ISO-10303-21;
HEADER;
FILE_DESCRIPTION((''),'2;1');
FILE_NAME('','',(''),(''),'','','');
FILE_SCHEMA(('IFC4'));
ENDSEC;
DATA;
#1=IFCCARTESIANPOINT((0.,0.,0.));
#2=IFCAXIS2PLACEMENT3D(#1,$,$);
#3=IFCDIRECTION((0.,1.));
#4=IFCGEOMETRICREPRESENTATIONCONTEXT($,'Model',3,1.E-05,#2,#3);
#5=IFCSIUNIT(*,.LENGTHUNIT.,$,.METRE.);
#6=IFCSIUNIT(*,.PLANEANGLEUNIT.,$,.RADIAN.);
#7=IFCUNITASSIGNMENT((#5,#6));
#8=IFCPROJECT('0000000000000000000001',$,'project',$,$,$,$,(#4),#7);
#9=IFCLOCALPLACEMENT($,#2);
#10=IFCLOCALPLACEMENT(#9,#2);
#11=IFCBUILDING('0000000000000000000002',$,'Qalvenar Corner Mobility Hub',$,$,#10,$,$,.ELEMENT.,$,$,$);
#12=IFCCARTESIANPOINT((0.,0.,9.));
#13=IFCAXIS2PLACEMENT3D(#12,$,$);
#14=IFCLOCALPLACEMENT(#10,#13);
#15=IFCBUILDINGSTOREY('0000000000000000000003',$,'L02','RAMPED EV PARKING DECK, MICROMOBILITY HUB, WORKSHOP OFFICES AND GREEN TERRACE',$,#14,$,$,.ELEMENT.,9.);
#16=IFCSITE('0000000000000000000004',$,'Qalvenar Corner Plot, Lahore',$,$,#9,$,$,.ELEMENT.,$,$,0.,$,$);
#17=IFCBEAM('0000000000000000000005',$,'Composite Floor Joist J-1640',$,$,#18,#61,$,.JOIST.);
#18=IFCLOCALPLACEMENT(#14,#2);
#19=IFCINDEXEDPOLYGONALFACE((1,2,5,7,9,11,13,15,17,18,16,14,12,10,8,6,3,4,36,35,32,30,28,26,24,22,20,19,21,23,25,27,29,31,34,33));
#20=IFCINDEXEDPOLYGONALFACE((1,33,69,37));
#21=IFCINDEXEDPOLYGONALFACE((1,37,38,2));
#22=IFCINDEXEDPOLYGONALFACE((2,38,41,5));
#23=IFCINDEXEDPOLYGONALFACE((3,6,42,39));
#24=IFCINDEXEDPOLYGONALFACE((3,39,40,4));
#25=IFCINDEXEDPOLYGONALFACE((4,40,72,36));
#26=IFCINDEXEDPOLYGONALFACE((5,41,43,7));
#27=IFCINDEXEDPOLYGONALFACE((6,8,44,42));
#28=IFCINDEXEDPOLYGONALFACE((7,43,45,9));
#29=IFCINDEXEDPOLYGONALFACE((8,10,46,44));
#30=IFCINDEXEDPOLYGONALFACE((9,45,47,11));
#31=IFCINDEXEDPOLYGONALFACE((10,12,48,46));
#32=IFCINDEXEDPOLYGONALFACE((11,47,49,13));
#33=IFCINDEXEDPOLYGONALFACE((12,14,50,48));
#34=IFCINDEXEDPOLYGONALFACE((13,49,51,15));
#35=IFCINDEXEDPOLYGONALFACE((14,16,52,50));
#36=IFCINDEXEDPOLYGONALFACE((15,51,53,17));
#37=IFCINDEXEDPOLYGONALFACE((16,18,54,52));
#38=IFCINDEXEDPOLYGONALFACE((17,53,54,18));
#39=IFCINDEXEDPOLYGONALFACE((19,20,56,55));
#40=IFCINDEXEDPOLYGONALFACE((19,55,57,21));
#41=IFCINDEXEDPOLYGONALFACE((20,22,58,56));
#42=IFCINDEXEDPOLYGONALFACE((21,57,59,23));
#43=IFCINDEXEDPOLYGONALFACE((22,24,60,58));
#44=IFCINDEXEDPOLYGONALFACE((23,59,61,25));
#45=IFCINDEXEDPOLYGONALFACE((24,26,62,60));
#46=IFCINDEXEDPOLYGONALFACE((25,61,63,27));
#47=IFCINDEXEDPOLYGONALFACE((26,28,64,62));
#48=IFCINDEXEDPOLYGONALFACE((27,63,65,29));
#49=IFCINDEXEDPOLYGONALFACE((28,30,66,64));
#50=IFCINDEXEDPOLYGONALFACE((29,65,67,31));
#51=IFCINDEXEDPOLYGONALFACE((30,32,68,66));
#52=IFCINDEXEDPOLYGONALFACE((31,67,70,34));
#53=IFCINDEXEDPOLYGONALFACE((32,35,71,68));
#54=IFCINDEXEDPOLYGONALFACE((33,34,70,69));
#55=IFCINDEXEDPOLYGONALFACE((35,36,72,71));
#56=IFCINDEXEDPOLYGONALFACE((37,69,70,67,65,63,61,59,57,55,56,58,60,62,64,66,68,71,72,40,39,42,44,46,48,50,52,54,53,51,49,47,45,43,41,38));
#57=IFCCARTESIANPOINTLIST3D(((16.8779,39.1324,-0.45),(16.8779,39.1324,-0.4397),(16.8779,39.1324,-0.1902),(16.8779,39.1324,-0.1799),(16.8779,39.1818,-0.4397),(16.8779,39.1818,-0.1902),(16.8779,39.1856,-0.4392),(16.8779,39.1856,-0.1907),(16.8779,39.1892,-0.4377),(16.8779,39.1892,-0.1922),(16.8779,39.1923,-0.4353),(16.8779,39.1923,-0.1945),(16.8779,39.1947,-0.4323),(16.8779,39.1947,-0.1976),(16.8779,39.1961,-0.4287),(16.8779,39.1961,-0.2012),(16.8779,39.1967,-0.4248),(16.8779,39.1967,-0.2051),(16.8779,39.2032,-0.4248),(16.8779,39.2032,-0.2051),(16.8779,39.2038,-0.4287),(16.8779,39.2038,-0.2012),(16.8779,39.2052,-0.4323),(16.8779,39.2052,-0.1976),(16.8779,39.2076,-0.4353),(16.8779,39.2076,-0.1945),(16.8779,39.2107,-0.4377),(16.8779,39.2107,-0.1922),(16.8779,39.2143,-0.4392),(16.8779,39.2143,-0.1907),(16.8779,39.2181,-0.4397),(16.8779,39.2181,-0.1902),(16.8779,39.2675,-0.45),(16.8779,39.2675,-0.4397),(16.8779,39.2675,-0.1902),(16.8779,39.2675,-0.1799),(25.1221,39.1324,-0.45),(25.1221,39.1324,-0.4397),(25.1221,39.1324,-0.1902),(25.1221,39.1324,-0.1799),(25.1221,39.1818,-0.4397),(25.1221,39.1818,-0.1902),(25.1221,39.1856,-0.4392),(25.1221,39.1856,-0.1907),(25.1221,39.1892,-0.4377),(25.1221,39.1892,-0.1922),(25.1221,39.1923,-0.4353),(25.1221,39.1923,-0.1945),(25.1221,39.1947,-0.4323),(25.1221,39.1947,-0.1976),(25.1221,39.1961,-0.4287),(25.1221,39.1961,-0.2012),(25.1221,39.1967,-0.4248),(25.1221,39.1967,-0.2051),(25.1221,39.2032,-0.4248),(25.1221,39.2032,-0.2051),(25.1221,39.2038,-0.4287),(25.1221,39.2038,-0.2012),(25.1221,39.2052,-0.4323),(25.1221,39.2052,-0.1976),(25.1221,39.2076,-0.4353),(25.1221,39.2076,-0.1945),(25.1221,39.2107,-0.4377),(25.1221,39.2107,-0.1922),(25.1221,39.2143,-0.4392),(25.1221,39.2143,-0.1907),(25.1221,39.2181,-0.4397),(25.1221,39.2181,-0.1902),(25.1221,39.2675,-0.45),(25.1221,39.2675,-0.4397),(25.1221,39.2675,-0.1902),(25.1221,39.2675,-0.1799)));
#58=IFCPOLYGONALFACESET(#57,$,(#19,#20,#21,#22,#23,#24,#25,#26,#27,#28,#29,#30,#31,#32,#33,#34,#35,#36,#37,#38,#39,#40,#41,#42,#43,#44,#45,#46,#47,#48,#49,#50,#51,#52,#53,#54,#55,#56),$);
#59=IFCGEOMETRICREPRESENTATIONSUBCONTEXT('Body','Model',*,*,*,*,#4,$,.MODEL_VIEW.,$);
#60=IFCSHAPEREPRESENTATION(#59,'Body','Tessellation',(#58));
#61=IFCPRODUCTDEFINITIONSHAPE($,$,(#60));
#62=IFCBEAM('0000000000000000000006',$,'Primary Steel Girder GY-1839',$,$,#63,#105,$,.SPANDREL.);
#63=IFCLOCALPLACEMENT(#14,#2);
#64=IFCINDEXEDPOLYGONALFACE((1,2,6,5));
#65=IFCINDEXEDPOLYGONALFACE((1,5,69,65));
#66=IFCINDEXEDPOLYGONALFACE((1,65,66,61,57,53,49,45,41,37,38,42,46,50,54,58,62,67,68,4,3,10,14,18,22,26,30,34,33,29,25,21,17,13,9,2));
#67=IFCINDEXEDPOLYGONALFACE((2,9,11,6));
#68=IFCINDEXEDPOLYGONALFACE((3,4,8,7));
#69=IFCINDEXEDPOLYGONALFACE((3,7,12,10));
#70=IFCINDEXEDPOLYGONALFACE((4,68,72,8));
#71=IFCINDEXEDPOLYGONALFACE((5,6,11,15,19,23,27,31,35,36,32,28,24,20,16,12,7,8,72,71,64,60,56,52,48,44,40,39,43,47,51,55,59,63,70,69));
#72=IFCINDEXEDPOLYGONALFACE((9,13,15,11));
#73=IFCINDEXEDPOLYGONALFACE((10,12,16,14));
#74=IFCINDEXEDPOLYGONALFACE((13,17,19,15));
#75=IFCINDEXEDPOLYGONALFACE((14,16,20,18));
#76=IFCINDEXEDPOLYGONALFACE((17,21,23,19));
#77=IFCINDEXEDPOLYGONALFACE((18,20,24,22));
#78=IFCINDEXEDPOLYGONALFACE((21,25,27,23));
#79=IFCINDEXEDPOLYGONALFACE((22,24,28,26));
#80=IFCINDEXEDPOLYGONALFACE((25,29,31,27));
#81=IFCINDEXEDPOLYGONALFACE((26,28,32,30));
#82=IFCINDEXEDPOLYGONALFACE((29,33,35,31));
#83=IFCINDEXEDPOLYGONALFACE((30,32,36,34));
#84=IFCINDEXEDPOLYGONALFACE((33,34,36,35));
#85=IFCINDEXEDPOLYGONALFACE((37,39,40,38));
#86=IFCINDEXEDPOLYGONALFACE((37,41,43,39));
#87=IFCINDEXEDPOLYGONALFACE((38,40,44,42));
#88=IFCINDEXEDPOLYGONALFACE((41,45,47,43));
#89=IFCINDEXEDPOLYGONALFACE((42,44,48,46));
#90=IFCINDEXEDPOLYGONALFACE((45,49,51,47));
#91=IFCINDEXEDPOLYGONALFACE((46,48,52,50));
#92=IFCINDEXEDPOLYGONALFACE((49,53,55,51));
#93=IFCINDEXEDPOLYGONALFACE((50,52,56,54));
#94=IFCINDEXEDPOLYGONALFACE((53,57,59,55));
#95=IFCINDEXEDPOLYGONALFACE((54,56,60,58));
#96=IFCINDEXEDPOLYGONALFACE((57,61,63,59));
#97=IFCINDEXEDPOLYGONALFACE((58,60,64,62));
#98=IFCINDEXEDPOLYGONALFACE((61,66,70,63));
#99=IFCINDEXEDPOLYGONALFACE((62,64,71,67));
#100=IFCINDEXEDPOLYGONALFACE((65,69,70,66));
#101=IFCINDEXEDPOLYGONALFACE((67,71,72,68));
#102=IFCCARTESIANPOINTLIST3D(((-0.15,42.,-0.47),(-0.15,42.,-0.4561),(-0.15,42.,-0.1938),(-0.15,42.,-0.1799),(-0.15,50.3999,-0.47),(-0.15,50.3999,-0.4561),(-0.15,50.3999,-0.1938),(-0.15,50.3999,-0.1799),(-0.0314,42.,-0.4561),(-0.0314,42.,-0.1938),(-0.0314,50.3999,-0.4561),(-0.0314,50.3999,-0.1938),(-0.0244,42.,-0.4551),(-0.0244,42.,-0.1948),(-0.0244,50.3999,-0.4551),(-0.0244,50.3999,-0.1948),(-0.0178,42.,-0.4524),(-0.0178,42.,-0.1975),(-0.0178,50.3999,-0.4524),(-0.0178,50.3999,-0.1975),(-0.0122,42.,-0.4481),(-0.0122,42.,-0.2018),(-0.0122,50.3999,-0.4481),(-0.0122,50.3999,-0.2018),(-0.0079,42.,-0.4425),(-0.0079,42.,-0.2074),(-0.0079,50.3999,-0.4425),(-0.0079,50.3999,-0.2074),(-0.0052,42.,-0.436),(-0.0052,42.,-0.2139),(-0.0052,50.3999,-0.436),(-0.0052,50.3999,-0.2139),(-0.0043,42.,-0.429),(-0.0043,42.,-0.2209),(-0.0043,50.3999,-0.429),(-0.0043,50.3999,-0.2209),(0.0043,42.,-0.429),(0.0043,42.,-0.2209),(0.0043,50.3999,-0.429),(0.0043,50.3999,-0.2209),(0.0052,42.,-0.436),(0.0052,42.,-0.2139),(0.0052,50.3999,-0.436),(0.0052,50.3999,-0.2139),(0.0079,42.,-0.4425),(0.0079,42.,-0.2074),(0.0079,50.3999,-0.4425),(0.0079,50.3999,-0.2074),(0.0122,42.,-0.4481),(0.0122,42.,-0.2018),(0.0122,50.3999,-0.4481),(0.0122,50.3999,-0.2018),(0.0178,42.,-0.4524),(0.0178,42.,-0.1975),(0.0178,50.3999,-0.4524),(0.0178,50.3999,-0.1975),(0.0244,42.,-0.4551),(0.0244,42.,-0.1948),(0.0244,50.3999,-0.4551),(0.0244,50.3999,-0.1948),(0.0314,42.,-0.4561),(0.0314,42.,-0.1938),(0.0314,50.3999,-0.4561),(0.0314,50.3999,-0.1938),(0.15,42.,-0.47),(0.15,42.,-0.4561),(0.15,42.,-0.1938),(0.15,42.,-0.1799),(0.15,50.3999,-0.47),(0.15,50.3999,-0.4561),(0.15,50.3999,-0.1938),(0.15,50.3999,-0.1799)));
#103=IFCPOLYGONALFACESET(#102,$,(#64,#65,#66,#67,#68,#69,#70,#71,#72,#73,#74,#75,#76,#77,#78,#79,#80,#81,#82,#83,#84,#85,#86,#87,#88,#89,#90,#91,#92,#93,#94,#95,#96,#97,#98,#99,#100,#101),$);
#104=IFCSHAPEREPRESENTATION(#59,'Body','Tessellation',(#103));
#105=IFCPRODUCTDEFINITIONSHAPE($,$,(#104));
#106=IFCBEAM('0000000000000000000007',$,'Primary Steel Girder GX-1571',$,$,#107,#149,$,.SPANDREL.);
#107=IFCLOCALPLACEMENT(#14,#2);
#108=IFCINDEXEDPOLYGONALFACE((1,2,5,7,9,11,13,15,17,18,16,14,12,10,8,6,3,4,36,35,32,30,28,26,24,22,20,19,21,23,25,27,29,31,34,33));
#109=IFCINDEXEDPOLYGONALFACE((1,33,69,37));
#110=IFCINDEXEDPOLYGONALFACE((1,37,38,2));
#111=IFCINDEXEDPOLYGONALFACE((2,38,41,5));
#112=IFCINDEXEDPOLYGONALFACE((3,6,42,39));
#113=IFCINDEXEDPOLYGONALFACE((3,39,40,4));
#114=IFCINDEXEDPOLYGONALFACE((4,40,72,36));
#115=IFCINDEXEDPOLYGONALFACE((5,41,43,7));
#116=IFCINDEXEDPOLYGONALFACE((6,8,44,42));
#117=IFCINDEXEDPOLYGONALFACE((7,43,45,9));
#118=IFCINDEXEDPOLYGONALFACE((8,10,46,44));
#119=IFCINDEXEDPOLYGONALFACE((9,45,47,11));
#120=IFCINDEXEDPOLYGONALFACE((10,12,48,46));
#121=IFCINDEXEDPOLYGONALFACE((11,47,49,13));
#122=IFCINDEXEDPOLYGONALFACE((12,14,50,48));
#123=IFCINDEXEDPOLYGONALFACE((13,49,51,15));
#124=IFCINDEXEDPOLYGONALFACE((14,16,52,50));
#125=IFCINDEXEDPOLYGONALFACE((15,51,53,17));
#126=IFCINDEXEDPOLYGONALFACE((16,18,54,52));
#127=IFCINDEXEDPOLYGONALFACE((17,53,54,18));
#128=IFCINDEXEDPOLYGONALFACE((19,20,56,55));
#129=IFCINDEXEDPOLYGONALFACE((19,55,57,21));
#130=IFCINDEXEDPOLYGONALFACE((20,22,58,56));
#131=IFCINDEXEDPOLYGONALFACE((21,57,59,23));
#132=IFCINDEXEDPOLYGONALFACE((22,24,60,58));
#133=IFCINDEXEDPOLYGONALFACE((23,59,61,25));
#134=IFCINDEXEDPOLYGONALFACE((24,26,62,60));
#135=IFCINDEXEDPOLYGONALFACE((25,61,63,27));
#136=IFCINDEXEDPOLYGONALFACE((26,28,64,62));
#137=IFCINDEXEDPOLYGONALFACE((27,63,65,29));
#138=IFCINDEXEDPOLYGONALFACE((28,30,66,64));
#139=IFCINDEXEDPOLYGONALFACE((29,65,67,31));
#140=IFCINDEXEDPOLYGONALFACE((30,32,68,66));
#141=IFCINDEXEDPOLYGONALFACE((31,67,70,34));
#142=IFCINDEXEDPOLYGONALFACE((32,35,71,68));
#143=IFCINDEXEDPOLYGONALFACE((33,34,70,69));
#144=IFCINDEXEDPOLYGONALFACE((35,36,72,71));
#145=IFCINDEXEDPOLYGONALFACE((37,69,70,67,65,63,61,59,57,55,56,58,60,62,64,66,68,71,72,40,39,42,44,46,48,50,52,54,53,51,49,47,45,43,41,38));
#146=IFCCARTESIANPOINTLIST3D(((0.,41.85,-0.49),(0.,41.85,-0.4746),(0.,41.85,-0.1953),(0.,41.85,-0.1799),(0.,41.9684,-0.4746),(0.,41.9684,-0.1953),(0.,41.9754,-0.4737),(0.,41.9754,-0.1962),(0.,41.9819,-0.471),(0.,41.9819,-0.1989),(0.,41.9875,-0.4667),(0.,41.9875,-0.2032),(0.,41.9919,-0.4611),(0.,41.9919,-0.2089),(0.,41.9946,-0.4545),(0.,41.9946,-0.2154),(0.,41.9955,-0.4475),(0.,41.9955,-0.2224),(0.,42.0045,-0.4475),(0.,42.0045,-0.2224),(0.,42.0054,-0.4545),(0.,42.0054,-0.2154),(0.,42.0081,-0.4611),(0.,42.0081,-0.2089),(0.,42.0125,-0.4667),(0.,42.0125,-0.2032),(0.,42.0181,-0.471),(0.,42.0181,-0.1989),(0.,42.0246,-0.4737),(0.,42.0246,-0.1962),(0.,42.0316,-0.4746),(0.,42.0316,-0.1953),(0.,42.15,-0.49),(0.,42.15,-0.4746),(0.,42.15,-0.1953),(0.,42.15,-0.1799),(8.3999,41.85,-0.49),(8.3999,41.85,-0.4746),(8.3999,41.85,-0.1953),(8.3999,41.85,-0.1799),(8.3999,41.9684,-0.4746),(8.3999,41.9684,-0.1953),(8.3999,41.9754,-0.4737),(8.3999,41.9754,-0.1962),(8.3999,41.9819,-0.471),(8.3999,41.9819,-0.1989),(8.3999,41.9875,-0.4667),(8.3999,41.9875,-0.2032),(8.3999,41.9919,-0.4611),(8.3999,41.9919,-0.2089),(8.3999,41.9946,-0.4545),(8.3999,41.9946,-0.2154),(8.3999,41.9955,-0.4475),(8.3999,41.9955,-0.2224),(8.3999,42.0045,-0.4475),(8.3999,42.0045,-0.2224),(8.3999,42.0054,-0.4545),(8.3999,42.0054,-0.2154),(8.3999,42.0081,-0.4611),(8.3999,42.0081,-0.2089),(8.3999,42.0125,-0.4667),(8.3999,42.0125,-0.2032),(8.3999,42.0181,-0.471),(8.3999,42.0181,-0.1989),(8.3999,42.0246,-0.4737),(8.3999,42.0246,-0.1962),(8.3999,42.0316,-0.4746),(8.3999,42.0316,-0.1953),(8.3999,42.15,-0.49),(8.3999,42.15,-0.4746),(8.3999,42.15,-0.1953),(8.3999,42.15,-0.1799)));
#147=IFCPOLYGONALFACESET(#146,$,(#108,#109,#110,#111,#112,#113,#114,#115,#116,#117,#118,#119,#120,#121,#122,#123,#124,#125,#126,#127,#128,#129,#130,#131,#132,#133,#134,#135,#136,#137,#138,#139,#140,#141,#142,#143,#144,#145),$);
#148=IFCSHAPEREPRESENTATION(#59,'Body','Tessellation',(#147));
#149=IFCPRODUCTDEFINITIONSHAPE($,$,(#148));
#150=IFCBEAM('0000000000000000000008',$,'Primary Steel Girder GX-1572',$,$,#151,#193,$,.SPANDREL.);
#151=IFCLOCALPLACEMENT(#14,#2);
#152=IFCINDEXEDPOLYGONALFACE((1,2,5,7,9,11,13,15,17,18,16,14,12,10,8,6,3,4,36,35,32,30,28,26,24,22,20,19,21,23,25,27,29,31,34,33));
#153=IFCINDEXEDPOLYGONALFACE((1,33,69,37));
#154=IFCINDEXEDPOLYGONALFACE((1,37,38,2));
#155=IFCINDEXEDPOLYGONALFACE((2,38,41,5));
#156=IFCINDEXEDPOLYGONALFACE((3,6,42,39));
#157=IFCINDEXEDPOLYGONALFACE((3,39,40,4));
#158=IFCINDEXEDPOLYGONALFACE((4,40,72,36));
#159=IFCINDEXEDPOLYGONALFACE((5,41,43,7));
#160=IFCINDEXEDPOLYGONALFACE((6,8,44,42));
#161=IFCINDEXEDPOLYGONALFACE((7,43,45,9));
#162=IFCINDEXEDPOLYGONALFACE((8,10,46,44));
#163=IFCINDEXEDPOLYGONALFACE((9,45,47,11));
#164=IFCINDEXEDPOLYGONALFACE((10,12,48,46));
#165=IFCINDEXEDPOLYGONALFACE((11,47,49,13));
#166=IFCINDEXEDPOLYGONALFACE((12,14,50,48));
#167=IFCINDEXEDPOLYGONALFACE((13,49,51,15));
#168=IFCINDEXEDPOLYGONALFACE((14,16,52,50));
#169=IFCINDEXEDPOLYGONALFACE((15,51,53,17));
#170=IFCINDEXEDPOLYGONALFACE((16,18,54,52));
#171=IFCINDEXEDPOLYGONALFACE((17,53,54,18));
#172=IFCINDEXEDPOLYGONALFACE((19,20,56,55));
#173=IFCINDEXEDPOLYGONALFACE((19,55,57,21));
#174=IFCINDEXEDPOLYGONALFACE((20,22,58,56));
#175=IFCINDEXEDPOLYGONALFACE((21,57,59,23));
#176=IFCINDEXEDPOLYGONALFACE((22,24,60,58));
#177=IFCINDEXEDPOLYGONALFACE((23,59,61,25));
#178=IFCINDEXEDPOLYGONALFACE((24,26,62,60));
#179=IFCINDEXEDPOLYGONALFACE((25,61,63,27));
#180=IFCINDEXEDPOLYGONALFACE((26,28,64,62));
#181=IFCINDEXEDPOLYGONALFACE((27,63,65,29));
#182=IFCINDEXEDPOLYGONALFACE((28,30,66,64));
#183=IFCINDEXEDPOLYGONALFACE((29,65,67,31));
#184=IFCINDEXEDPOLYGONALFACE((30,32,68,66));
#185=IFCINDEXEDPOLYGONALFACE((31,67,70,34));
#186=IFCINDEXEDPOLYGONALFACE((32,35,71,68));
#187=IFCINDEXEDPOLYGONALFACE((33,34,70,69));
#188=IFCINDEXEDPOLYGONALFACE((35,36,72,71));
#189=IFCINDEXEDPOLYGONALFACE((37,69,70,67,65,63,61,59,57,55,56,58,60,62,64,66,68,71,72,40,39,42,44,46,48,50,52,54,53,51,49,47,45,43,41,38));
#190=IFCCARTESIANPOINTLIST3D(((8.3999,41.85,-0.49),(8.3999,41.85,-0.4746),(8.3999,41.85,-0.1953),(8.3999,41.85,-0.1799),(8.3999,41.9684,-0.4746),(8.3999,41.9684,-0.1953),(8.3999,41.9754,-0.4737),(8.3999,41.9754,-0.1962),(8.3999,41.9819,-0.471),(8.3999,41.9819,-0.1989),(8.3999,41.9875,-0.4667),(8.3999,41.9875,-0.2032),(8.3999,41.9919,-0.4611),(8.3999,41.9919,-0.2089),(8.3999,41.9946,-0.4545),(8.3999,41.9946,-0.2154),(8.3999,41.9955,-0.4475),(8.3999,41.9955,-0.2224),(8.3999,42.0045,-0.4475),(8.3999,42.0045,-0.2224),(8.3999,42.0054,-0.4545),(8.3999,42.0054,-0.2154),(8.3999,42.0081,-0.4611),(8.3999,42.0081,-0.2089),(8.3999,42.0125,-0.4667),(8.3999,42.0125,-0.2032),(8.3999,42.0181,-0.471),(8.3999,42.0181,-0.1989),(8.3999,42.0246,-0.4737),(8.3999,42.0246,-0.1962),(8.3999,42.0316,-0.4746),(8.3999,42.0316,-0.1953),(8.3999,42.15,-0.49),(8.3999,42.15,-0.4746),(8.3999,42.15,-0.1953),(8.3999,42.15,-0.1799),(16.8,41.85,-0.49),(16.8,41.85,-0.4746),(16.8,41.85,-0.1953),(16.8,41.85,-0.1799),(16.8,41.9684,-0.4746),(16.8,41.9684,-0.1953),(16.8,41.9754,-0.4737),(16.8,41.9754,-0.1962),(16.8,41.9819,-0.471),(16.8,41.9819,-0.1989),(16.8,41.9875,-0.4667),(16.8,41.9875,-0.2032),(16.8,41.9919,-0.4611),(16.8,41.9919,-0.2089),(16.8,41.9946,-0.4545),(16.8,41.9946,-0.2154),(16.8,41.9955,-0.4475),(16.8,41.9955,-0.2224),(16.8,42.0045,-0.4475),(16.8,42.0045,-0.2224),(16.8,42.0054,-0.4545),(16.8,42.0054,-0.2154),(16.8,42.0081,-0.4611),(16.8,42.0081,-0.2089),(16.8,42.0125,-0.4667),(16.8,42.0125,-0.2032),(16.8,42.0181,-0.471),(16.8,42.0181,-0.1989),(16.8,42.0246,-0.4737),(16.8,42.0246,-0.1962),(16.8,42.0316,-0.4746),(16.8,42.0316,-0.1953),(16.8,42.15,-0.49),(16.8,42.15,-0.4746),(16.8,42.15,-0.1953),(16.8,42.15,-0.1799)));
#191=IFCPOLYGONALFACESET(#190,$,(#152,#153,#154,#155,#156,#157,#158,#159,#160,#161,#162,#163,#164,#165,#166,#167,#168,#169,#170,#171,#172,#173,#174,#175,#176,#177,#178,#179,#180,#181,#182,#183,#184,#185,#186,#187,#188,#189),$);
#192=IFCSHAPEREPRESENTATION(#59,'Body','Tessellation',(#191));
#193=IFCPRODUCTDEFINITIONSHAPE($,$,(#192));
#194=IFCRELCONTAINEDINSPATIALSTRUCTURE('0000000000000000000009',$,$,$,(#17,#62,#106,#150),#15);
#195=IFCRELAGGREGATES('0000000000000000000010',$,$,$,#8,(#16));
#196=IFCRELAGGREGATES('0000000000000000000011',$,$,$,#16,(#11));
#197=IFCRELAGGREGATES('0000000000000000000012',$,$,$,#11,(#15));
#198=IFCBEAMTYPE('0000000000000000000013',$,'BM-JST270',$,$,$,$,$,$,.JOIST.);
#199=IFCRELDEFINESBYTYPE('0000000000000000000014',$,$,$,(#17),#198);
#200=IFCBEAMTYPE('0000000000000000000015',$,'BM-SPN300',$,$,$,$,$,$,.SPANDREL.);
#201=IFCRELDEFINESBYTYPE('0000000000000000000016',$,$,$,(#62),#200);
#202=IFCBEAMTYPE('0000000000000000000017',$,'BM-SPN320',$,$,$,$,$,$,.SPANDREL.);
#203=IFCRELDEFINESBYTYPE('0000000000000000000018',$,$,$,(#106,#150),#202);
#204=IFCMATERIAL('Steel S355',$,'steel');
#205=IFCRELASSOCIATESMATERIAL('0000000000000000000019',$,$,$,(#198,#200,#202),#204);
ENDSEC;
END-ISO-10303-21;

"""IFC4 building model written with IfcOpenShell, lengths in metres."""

from ifc_helpers import new_model, si_unit, direction, frame, origin, origin_2d, place, context, subcontext, project, spatial, i_section, extrude, material, material_profile, profile_set, type_object, element, save


model = new_model("IFC4")

# Units and contexts
model_context = context("Model", 3, precision=1e-05, world=origin(), true_north=direction((0.0, 1.0)))
body_context = subcontext(model_context, "Body", "Model", "MODEL_VIEW")
ifc_project = project(units=[si_unit("LENGTHUNIT", "METRE"), si_unit("PLANEANGLEUNIT", "RADIAN")], contexts=[model_context])

# Site, building, storey
site_placement = place(None, origin())
site = spatial("IfcSite", under=ifc_project, at=site_placement, Name="Qalvenar Corner Plot, Lahore", CompositionType="ELEMENT", RefElevation=0.0)
building_placement = place(site_placement, origin())
building = spatial("IfcBuilding", under=site, at=building_placement, Name="Qalvenar Corner Mobility Hub", CompositionType="ELEMENT")
storey_placement = place(building_placement, frame((0.0, 0.0, 9.0)))
storey = spatial("IfcBuildingStorey", under=building, at=storey_placement, Name="L02", Description="RAMPED EV PARKING DECK, MICROMOBILITY HUB, WORKSHOP OFFICES AND GREEN TERRACE", CompositionType="ELEMENT", Elevation=9.0)

# Shared definitions
ifc_material_1 = material(Name="Steel S355", Category="steel")

# Beams
ifc_material_profile_1 = material_profile(ifc_material_1, i_section(OverallWidth=0.135, OverallDepth=0.27, WebThickness=0.0066, FlangeThickness=0.0103, FilletRadius=0.0149, at=origin_2d()), Name="IPE270")
ifc_profile_set_1 = profile_set([ifc_material_profile_1], Name="Steel S355")
beam_type_1 = type_object("IfcBeamType", Name="BM-JST270", PredefinedType="JOIST", material=ifc_profile_set_1)
for number, where, z_axis, x_axis, name in (
    (1, (16.8779, 39.2, -0.3149), (1.0, 0.0, 0.0), (0.0, 1.0, 0.0), "Composite Floor Joist J-1640"),
):
    element("IfcBeam", number, at=place(storey_placement, frame(where, z_axis=z_axis, x_axis=x_axis)), inside=storey, type_object=beam_type_1, Name=name, PredefinedType="JOIST", context=body_context, shape_type="SweptSolid", body=[
        extrude(i_section(OverallWidth=0.135, OverallDepth=0.27, WebThickness=0.0066, FlangeThickness=0.0103, FilletRadius=0.0149, at=origin_2d()), origin(), (0.0, 0.0, 1.0), 8.2441),
    ])
ifc_material_profile_2 = material_profile(ifc_material_1, i_section(OverallWidth=0.3, OverallDepth=0.29, WebThickness=0.0085, FlangeThickness=0.0139, FilletRadius=0.0271, at=origin_2d()), Name="HEA300")
ifc_profile_set_2 = profile_set([ifc_material_profile_2], Name="Steel S355")
beam_type_2 = type_object("IfcBeamType", Name="BM-SPN300", PredefinedType="SPANDREL", material=ifc_profile_set_2)
beam_1_placement = place(storey_placement, frame((0.0, 42.0, -0.325), z_axis=(0.0, 1.0, 0.0), x_axis=(-1.0, 0.0, 0.0)))
element("IfcBeam", 2, at=beam_1_placement, inside=storey, type_object=beam_type_2, Name="Primary Steel Girder GY-1839", PredefinedType="SPANDREL", context=body_context, shape_type="SweptSolid", body=[
    extrude(i_section(OverallWidth=0.3, OverallDepth=0.29, WebThickness=0.0085, FlangeThickness=0.0139, FilletRadius=0.0271, at=origin_2d()), origin(), (0.0, 0.0, 1.0), 8.3999),
])
ifc_material_profile_3 = material_profile(ifc_material_1, i_section(OverallWidth=0.3, OverallDepth=0.3101, WebThickness=0.009, FlangeThickness=0.0154, FilletRadius=0.0271, at=origin_2d()), Name="HEA320")
ifc_profile_set_3 = profile_set([ifc_material_profile_3], Name="Steel S355")
beam_type_3 = type_object("IfcBeamType", Name="BM-SPN320", PredefinedType="SPANDREL", material=ifc_profile_set_3)
beam_2_placement = place(storey_placement, frame((0.0, 42.0, -0.335), z_axis=(1.0, 0.0, 0.0), x_axis=(0.0, 1.0, 0.0)))
element("IfcBeam", 3, at=beam_2_placement, inside=storey, type_object=beam_type_3, Name="Primary Steel Girder GX-1571", PredefinedType="SPANDREL", context=body_context, shape_type="SweptSolid", body=[
    extrude(i_section(OverallWidth=0.3, OverallDepth=0.3101, WebThickness=0.009, FlangeThickness=0.0154, FilletRadius=0.0271, at=origin_2d()), origin(), (0.0, 0.0, 1.0), 8.3999),
])
beam_3_placement = place(storey_placement, frame((8.3999, 42.0, -0.335), z_axis=(1.0, 0.0, 0.0), x_axis=(0.0, 1.0, 0.0)))
element("IfcBeam", 4, at=beam_3_placement, inside=storey, type_object=beam_type_3, Name="Primary Steel Girder GX-1572", PredefinedType="SPANDREL", context=body_context, shape_type="SweptSolid", body=[
    extrude(i_section(OverallWidth=0.3, OverallDepth=0.3101, WebThickness=0.009, FlangeThickness=0.0154, FilletRadius=0.0271, at=origin_2d()), origin(), (0.0, 0.0, 1.0), 8.4001),
])

save(model, "model.ifc")
